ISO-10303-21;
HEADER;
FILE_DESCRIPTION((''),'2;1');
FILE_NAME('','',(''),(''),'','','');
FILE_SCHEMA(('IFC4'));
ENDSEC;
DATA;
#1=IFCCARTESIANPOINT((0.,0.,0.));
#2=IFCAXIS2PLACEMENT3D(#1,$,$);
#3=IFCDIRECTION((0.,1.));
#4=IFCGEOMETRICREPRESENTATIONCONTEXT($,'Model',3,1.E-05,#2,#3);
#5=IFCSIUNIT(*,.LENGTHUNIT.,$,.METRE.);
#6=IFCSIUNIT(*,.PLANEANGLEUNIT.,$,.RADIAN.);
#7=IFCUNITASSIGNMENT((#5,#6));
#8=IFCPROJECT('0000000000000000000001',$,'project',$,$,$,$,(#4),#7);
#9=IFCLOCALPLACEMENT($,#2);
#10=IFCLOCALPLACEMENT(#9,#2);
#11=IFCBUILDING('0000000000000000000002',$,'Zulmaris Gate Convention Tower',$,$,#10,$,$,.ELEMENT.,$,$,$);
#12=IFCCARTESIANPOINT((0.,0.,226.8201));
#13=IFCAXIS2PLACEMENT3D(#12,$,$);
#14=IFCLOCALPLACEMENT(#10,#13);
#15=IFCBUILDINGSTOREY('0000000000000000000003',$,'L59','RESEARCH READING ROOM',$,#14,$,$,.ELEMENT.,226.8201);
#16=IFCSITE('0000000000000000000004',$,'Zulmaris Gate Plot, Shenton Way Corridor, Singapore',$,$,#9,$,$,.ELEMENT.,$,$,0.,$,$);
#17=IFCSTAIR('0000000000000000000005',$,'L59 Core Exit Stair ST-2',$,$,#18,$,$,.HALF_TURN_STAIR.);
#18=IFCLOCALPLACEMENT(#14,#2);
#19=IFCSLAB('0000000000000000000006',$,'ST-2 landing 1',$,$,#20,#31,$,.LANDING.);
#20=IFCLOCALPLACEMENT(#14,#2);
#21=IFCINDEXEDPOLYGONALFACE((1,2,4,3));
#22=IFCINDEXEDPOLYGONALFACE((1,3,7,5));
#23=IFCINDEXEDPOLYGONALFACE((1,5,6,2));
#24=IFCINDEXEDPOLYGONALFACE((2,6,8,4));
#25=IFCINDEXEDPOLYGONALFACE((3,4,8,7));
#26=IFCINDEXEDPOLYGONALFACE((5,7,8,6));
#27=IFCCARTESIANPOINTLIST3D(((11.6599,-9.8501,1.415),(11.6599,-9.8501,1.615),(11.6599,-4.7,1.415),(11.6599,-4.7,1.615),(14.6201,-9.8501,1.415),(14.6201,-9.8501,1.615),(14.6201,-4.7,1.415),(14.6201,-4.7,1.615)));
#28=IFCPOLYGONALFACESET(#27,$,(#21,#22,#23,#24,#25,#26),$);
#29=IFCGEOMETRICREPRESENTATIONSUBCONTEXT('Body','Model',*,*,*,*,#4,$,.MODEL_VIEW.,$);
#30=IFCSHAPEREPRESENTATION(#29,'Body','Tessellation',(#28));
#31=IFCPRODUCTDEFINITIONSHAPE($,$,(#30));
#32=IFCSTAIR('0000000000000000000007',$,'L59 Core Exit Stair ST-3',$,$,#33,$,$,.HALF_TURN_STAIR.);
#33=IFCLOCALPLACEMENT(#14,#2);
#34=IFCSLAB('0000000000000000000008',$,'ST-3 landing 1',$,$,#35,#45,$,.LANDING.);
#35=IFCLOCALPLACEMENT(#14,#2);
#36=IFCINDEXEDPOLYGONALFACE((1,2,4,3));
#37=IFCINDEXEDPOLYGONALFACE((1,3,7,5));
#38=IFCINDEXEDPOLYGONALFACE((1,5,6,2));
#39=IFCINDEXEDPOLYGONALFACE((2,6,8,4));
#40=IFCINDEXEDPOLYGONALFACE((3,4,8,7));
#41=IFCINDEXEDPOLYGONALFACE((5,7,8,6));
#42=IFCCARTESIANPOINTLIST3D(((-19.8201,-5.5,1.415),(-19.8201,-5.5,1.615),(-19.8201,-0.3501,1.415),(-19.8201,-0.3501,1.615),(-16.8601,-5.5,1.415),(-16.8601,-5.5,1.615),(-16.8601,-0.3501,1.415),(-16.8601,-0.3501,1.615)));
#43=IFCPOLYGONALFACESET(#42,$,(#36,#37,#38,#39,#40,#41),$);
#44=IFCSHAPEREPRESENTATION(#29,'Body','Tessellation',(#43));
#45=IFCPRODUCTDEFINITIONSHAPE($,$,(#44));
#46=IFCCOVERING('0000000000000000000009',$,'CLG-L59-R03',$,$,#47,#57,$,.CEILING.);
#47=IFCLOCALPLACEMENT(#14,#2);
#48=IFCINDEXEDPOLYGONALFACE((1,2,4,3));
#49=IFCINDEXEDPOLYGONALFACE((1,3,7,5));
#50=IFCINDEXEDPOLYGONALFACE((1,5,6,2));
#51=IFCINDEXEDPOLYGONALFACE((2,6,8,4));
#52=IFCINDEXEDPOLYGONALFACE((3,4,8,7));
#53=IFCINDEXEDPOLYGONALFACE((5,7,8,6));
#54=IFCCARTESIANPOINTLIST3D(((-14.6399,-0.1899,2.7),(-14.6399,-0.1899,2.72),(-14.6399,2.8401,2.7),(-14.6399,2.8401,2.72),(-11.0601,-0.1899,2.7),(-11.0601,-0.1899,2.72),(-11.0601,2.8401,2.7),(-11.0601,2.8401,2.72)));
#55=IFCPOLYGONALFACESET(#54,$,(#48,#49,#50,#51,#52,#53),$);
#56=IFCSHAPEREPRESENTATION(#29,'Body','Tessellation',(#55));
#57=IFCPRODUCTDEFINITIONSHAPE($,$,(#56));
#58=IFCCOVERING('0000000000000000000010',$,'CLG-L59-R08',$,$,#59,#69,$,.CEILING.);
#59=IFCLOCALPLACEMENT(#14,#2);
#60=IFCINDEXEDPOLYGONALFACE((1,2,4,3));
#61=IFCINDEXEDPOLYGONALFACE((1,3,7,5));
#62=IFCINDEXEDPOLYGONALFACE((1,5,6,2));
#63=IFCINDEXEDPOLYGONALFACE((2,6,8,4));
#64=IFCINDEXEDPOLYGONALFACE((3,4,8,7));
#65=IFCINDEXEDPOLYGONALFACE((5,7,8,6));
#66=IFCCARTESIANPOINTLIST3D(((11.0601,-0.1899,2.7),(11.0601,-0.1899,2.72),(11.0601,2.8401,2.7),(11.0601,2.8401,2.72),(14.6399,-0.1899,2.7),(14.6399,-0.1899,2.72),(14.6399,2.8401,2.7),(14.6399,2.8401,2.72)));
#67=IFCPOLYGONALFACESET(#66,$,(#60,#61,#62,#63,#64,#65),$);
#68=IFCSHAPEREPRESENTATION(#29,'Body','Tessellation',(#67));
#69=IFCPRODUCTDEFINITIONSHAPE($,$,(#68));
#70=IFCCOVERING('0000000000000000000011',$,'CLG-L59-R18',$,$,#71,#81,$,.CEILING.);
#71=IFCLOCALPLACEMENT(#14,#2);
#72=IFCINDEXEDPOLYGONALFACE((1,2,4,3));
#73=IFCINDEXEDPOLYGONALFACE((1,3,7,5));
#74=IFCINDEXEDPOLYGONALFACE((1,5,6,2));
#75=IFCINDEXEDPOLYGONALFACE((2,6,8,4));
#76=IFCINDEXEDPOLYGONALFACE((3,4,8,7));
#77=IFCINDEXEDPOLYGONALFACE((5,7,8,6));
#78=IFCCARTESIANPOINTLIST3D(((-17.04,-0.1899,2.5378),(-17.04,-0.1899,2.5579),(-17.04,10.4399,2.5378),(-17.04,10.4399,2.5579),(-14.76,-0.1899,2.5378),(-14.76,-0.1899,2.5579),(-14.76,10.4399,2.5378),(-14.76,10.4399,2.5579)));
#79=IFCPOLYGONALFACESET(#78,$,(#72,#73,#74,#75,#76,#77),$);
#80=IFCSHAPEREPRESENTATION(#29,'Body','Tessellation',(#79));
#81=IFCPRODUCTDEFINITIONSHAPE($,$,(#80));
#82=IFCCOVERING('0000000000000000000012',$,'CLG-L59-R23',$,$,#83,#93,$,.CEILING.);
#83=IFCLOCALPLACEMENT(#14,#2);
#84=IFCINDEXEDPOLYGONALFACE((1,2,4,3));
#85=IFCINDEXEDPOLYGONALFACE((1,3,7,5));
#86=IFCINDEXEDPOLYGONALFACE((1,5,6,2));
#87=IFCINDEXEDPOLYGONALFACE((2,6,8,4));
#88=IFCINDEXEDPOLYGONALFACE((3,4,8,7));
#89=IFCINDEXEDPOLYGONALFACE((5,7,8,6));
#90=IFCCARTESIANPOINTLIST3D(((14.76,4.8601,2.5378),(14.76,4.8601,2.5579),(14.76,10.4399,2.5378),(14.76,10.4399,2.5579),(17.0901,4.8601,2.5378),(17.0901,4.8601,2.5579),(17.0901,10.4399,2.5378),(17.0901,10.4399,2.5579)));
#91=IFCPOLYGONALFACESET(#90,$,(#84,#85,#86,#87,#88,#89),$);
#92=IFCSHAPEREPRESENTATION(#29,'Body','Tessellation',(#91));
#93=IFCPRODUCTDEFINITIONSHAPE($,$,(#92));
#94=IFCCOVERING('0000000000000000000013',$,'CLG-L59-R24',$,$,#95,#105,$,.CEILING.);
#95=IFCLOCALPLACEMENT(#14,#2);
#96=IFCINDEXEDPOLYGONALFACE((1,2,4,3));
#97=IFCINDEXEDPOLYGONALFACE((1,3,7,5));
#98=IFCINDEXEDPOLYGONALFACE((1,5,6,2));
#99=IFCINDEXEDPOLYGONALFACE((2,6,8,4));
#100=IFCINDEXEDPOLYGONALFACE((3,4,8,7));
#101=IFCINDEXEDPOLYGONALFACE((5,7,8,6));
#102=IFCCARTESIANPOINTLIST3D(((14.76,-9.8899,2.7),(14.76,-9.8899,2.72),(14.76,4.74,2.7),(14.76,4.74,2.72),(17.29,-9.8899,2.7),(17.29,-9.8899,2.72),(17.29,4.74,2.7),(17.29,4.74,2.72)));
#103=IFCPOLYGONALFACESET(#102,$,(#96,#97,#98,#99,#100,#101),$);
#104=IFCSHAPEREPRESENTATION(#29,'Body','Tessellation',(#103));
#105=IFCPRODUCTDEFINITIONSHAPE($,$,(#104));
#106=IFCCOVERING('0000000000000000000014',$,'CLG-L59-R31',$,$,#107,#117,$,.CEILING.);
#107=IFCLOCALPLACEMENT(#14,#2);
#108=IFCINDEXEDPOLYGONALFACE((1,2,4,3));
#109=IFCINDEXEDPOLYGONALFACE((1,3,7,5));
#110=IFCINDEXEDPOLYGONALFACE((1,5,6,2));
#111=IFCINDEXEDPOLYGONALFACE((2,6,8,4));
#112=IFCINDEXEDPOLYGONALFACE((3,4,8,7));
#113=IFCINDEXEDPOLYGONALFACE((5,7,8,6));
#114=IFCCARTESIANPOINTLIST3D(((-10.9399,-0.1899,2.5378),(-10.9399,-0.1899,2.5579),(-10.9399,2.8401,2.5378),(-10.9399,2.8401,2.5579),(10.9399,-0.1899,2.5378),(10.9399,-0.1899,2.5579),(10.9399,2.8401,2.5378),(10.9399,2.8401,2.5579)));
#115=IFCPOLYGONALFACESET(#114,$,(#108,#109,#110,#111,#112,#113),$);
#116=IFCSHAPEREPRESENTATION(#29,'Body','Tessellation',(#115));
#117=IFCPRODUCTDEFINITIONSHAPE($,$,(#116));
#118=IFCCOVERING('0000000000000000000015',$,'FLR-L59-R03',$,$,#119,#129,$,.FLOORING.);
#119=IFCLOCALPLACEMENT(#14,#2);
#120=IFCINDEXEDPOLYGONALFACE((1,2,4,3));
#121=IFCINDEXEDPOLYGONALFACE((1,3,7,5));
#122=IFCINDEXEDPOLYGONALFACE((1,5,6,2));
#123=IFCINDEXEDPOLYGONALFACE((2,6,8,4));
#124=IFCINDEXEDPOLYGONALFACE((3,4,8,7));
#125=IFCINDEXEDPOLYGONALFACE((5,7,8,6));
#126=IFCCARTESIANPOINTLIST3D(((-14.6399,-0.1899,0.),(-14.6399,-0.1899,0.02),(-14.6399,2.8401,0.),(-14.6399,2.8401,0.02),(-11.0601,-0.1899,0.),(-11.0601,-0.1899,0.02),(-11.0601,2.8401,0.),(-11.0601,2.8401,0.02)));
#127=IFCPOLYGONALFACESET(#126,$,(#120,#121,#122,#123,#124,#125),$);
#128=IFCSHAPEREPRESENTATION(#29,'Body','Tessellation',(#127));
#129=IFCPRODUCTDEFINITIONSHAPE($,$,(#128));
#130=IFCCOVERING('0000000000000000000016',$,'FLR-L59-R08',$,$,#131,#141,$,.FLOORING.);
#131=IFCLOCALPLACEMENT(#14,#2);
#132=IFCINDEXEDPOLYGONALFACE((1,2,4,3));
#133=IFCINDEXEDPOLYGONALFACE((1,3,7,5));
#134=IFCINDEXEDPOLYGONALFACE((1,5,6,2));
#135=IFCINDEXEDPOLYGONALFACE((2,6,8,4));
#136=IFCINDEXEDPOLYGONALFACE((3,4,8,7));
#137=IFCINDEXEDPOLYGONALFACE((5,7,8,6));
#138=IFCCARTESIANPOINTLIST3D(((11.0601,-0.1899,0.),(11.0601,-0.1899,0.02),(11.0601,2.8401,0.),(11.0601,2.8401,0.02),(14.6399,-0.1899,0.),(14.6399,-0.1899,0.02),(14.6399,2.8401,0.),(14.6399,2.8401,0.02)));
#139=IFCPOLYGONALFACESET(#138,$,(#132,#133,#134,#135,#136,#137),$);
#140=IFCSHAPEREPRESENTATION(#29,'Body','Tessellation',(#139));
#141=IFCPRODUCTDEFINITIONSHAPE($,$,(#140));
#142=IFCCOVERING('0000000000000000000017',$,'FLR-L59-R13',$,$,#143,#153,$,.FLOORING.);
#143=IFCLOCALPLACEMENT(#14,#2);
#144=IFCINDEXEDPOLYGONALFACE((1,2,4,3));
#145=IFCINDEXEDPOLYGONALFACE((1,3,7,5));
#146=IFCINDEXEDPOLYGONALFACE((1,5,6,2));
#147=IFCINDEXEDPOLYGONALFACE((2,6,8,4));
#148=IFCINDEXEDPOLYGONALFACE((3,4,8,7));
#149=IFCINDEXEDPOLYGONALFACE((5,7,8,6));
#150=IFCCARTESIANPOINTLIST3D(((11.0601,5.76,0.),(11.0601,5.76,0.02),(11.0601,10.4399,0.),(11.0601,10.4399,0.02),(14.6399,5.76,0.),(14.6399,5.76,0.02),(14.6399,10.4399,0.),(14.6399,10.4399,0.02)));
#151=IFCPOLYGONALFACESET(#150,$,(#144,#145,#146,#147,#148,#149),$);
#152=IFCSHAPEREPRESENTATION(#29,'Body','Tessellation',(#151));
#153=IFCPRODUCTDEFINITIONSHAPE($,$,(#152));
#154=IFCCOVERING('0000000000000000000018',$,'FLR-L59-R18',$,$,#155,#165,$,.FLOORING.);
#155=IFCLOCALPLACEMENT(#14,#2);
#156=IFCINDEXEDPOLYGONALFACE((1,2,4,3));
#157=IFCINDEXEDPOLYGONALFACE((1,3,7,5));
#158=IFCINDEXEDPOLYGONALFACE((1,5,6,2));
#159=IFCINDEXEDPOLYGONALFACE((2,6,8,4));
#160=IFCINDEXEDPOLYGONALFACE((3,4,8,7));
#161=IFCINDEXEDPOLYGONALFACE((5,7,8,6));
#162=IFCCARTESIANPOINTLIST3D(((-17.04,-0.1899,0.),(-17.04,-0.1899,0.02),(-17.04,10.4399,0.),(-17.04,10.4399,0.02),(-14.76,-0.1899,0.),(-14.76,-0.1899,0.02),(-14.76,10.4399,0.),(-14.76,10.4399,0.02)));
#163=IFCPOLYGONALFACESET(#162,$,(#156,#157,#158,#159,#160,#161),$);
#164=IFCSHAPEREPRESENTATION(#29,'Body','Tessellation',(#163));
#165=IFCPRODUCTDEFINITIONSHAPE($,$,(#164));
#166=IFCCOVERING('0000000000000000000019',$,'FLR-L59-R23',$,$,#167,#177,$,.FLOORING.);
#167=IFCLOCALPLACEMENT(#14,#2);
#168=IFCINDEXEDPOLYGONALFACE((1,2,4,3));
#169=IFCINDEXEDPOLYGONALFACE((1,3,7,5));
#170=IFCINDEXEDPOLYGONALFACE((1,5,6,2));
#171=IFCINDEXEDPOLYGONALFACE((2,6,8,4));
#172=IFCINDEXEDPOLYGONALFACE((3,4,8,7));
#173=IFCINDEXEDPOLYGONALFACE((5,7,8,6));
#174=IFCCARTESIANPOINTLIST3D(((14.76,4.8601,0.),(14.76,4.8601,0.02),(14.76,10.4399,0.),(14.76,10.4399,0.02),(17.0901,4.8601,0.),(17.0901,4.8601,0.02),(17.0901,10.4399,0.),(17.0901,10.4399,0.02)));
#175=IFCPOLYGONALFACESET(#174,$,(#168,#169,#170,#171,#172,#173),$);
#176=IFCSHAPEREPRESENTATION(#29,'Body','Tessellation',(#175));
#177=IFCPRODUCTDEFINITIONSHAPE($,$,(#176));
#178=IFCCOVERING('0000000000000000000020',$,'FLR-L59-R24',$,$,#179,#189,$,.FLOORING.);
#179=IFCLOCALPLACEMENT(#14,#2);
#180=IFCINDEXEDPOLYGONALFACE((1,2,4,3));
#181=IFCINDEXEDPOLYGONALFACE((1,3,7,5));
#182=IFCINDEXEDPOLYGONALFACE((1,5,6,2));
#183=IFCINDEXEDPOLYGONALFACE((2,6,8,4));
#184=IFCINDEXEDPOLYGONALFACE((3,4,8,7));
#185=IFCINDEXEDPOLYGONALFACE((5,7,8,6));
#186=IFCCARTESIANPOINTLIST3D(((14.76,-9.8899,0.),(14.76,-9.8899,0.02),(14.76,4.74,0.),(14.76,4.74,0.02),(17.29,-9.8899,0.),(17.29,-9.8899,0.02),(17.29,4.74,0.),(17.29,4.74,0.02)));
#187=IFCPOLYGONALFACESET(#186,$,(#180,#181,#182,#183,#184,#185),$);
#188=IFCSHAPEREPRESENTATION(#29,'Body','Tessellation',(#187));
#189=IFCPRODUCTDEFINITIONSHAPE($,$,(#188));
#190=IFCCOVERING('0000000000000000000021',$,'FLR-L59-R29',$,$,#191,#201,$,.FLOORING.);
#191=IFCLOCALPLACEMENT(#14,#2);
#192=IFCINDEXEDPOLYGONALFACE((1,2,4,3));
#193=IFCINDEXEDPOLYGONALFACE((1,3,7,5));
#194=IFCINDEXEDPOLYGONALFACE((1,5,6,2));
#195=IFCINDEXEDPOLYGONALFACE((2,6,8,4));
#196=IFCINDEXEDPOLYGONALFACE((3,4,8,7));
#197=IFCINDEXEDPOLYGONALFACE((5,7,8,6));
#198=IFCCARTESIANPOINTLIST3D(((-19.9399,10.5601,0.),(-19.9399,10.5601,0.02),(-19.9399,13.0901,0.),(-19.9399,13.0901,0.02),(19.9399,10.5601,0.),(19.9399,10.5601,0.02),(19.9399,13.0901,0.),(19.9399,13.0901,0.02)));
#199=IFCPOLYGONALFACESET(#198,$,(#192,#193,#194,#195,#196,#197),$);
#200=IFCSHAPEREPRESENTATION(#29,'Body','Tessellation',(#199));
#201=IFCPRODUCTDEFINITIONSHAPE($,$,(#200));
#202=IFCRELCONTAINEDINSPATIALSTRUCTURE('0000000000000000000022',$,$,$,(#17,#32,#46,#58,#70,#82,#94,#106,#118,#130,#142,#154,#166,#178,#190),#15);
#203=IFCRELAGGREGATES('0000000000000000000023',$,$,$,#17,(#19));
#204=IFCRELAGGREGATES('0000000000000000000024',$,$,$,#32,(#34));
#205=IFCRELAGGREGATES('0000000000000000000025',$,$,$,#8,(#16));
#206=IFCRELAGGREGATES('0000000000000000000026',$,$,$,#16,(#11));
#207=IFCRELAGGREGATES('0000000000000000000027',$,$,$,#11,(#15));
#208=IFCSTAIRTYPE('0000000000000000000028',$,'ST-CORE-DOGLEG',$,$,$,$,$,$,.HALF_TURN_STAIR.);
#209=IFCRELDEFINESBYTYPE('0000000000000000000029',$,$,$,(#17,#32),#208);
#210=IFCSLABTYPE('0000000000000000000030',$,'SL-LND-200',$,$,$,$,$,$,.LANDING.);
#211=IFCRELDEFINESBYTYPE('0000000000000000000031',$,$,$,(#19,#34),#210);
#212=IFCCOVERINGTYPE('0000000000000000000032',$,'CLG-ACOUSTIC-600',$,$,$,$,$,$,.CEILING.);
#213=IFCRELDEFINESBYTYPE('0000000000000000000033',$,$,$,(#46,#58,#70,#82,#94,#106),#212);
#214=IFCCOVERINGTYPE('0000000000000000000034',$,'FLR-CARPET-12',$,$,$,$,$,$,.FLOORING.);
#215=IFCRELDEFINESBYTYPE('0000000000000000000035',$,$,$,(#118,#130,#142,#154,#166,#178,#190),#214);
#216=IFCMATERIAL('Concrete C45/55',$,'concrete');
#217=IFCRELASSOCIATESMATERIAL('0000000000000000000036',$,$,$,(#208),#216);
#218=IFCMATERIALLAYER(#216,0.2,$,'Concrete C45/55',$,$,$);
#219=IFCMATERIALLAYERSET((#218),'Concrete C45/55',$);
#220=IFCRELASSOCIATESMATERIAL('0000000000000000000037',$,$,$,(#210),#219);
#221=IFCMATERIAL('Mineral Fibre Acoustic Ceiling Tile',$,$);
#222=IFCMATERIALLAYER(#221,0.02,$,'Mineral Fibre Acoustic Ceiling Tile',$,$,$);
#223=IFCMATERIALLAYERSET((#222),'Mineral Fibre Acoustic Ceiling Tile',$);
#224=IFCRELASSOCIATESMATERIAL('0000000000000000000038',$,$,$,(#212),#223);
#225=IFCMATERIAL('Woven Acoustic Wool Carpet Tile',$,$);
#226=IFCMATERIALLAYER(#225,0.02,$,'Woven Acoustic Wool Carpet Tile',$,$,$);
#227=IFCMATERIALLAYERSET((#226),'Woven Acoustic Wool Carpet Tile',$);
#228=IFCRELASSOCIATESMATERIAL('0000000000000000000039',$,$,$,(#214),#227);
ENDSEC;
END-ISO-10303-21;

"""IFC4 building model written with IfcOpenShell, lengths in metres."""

from ifc_helpers import new_model, si_unit, direction, frame, origin, place, context, subcontext, project, spatial, polyline, outline, extrude, material, layer, layer_set, type_object, element, aggregate, save


model = new_model("IFC4")

# Units and contexts
model_context = context("Model", 3, precision=1e-05, world=origin(), true_north=direction((0.0, 1.0)))
body_context = subcontext(model_context, "Body", "Model", "MODEL_VIEW")
ifc_project = project(units=[si_unit("LENGTHUNIT", "METRE"), si_unit("PLANEANGLEUNIT", "RADIAN")], contexts=[model_context])

# Site, building, storey
site_placement = place(None, origin())
site = spatial("IfcSite", under=ifc_project, at=site_placement, Name="Zulmaris Gate Plot, Shenton Way Corridor, Singapore", CompositionType="ELEMENT", RefElevation=0.0)
building_placement = place(site_placement, origin())
building = spatial("IfcBuilding", under=site, at=building_placement, Name="Zulmaris Gate Convention Tower", CompositionType="ELEMENT")
storey_placement = place(building_placement, frame((0.0, 0.0, 226.8201)))
storey = spatial("IfcBuildingStorey", under=building, at=storey_placement, Name="L59", Description="RESEARCH READING ROOM", CompositionType="ELEMENT", Elevation=226.8201)

# Stairs, slabs
ifc_material_1 = material(Name="Concrete C45/55", Category="concrete")
stair_type = type_object("IfcStairType", Name="ST-CORE-DOGLEG", PredefinedType="HALF_TURN_STAIR", material=ifc_material_1)
stair_1_placement = place(storey_placement, origin())
stair_1 = element("IfcStair", 1, at=stair_1_placement, inside=storey, type_object=stair_type, Name="L59 Core Exit Stair ST-2", PredefinedType="HALF_TURN_STAIR")
ifc_layer_1 = layer(ifc_material_1, 0.2, Name="Concrete C45/55")
ifc_layer_set_1 = layer_set([ifc_layer_1], Name="Concrete C45/55")
slab_type = type_object("IfcSlabType", Name="SL-LND-200", PredefinedType="LANDING", material=ifc_layer_set_1)
slab_1_placement = place(storey_placement, frame((0.0, 0.0, 1.415)))
slab_1 = element("IfcSlab", 2, at=slab_1_placement, type_object=slab_type, Name="ST-2 landing 1", PredefinedType="LANDING", context=body_context, shape_type="SweptSolid", body=[
    extrude(outline(polyline([(11.6599, -4.7), (11.6599, -9.8501), (14.6201, -9.8501), (14.6201, -4.7), (11.6599, -4.7)])), origin(), (0.0, 0.0, 1.0), 0.2),
])
aggregate(stair_1, [slab_1])
stair_2_placement = place(storey_placement, origin())
stair_2 = element("IfcStair", 3, at=stair_2_placement, inside=storey, type_object=stair_type, Name="L59 Core Exit Stair ST-3", PredefinedType="HALF_TURN_STAIR")
slab_2_placement = place(storey_placement, frame((0.0, 0.0, 1.415)))
slab_2 = element("IfcSlab", 4, at=slab_2_placement, type_object=slab_type, Name="ST-3 landing 1", PredefinedType="LANDING", context=body_context, shape_type="SweptSolid", body=[
    extrude(outline(polyline([(-16.8601, -5.5), (-16.8601, -0.3501), (-19.8201, -0.3501), (-19.8201, -5.5), (-16.8601, -5.5)])), origin(), (0.0, 0.0, 1.0), 0.2),
])
aggregate(stair_2, [slab_2])

# Coverings
ifc_material_2 = material(Name="Mineral Fibre Acoustic Ceiling Tile")
ifc_layer_2 = layer(ifc_material_2, 0.02, Name="Mineral Fibre Acoustic Ceiling Tile")
ifc_layer_set_2 = layer_set([ifc_layer_2], Name="Mineral Fibre Acoustic Ceiling Tile")
covering_type_1 = type_object("IfcCoveringType", Name="CLG-ACOUSTIC-600", PredefinedType="CEILING", material=ifc_layer_set_2)
covering_1_placement = place(storey_placement, frame((0.0, 0.0, 2.7)))
element("IfcCovering", 5, at=covering_1_placement, inside=storey, type_object=covering_type_1, Name="CLG-L59-R03", PredefinedType="CEILING", context=body_context, shape_type="SweptSolid", body=[
    extrude(outline(polyline([(-14.6399, -0.1899), (-11.0601, -0.1899), (-11.0601, 2.8401), (-14.6399, 2.8401), (-14.6399, -0.1899)])), origin(), (0.0, 0.0, 1.0), 0.02),
])
covering_2_placement = place(storey_placement, frame((0.0, 0.0, 2.7)))
element("IfcCovering", 6, at=covering_2_placement, inside=storey, type_object=covering_type_1, Name="CLG-L59-R08", PredefinedType="CEILING", context=body_context, shape_type="SweptSolid", body=[
    extrude(outline(polyline([(11.0601, -0.1899), (14.6399, -0.1899), (14.6399, 2.8401), (11.0601, 2.8401), (11.0601, -0.1899)])), origin(), (0.0, 0.0, 1.0), 0.02),
])
covering_3_placement = place(storey_placement, frame((0.0, 0.0, 2.5378)))
element("IfcCovering", 7, at=covering_3_placement, inside=storey, type_object=covering_type_1, Name="CLG-L59-R18", PredefinedType="CEILING", context=body_context, shape_type="SweptSolid", body=[
    extrude(outline(polyline([(-17.04, -0.1899), (-14.76, -0.1899), (-14.76, 10.4399), (-17.04, 10.4399), (-17.04, -0.1899)])), origin(), (0.0, 0.0, 1.0), 0.02),
])
covering_4_placement = place(storey_placement, frame((0.0, 0.0, 2.5378)))
element("IfcCovering", 8, at=covering_4_placement, inside=storey, type_object=covering_type_1, Name="CLG-L59-R23", PredefinedType="CEILING", context=body_context, shape_type="SweptSolid", body=[
    extrude(outline(polyline([(14.76, 4.8601), (17.0901, 4.8601), (17.0901, 10.4399), (14.76, 10.4399), (14.76, 4.8601)])), origin(), (0.0, 0.0, 1.0), 0.02),
])
covering_5_placement = place(storey_placement, frame((0.0, 0.0, 2.7)))
element("IfcCovering", 9, at=covering_5_placement, inside=storey, type_object=covering_type_1, Name="CLG-L59-R24", PredefinedType="CEILING", context=body_context, shape_type="SweptSolid", body=[
    extrude(outline(polyline([(14.76, -9.8899), (17.29, -9.8899), (17.29, 4.74), (14.76, 4.74), (14.76, -9.8899)])), origin(), (0.0, 0.0, 1.0), 0.02),
])
covering_6_placement = place(storey_placement, frame((0.0, 0.0, 2.5378)))
element("IfcCovering", 10, at=covering_6_placement, inside=storey, type_object=covering_type_1, Name="CLG-L59-R31", PredefinedType="CEILING", context=body_context, shape_type="SweptSolid", body=[
    extrude(outline(polyline([(-10.9399, -0.1899), (10.9399, -0.1899), (10.9399, 2.8401), (-10.9399, 2.8401), (-10.9399, -0.1899)])), origin(), (0.0, 0.0, 1.0), 0.02),
])
ifc_material_3 = material(Name="Woven Acoustic Wool Carpet Tile")
ifc_layer_3 = layer(ifc_material_3, 0.02, Name="Woven Acoustic Wool Carpet Tile")
ifc_layer_set_3 = layer_set([ifc_layer_3], Name="Woven Acoustic Wool Carpet Tile")
covering_type_2 = type_object("IfcCoveringType", Name="FLR-CARPET-12", PredefinedType="FLOORING", material=ifc_layer_set_3)
covering_7_placement = place(storey_placement, origin())
element("IfcCovering", 11, at=covering_7_placement, inside=storey, type_object=covering_type_2, Name="FLR-L59-R03", PredefinedType="FLOORING", context=body_context, shape_type="SweptSolid", body=[
    extrude(outline(polyline([(-14.6399, -0.1899), (-11.0601, -0.1899), (-11.0601, 2.8401), (-14.6399, 2.8401), (-14.6399, -0.1899)])), origin(), (0.0, 0.0, 1.0), 0.02),
])
covering_8_placement = place(storey_placement, origin())
element("IfcCovering", 12, at=covering_8_placement, inside=storey, type_object=covering_type_2, Name="FLR-L59-R08", PredefinedType="FLOORING", context=body_context, shape_type="SweptSolid", body=[
    extrude(outline(polyline([(11.0601, -0.1899), (14.6399, -0.1899), (14.6399, 2.8401), (11.0601, 2.8401), (11.0601, -0.1899)])), origin(), (0.0, 0.0, 1.0), 0.02),
])
covering_9_placement = place(storey_placement, origin())
element("IfcCovering", 13, at=covering_9_placement, inside=storey, type_object=covering_type_2, Name="FLR-L59-R13", PredefinedType="FLOORING", context=body_context, shape_type="SweptSolid", body=[
    extrude(outline(polyline([(11.0601, 5.76), (14.6399, 5.76), (14.6399, 10.4399), (11.0601, 10.4399), (11.0601, 5.76)])), origin(), (0.0, 0.0, 1.0), 0.02),
])
covering_10_placement = place(storey_placement, origin())
element("IfcCovering", 14, at=covering_10_placement, inside=storey, type_object=covering_type_2, Name="FLR-L59-R18", PredefinedType="FLOORING", context=body_context, shape_type="SweptSolid", body=[
    extrude(outline(polyline([(-17.04, -0.1899), (-14.76, -0.1899), (-14.76, 10.4399), (-17.04, 10.4399), (-17.04, -0.1899)])), origin(), (0.0, 0.0, 1.0), 0.02),
])
covering_11_placement = place(storey_placement, origin())
element("IfcCovering", 15, at=covering_11_placement, inside=storey, type_object=covering_type_2, Name="FLR-L59-R23", PredefinedType="FLOORING", context=body_context, shape_type="SweptSolid", body=[
    extrude(outline(polyline([(14.76, 4.8601), (17.0901, 4.8601), (17.0901, 10.4399), (14.76, 10.4399), (14.76, 4.8601)])), origin(), (0.0, 0.0, 1.0), 0.02),
])
covering_12_placement = place(storey_placement, origin())
element("IfcCovering", 16, at=covering_12_placement, inside=storey, type_object=covering_type_2, Name="FLR-L59-R24", PredefinedType="FLOORING", context=body_context, shape_type="SweptSolid", body=[
    extrude(outline(polyline([(14.76, -9.8899), (17.29, -9.8899), (17.29, 4.74), (14.76, 4.74), (14.76, -9.8899)])), origin(), (0.0, 0.0, 1.0), 0.02),
])
covering_13_placement = place(storey_placement, origin())
element("IfcCovering", 17, at=covering_13_placement, inside=storey, type_object=covering_type_2, Name="FLR-L59-R29", PredefinedType="FLOORING", context=body_context, shape_type="SweptSolid", body=[
    extrude(outline(polyline([(-19.9399, 10.5601), (19.9399, 10.5601), (19.9399, 13.0901), (-19.9399, 13.0901), (-19.9399, 10.5601)])), origin(), (0.0, 0.0, 1.0), 0.02),
])

save(model, "model.ifc")
